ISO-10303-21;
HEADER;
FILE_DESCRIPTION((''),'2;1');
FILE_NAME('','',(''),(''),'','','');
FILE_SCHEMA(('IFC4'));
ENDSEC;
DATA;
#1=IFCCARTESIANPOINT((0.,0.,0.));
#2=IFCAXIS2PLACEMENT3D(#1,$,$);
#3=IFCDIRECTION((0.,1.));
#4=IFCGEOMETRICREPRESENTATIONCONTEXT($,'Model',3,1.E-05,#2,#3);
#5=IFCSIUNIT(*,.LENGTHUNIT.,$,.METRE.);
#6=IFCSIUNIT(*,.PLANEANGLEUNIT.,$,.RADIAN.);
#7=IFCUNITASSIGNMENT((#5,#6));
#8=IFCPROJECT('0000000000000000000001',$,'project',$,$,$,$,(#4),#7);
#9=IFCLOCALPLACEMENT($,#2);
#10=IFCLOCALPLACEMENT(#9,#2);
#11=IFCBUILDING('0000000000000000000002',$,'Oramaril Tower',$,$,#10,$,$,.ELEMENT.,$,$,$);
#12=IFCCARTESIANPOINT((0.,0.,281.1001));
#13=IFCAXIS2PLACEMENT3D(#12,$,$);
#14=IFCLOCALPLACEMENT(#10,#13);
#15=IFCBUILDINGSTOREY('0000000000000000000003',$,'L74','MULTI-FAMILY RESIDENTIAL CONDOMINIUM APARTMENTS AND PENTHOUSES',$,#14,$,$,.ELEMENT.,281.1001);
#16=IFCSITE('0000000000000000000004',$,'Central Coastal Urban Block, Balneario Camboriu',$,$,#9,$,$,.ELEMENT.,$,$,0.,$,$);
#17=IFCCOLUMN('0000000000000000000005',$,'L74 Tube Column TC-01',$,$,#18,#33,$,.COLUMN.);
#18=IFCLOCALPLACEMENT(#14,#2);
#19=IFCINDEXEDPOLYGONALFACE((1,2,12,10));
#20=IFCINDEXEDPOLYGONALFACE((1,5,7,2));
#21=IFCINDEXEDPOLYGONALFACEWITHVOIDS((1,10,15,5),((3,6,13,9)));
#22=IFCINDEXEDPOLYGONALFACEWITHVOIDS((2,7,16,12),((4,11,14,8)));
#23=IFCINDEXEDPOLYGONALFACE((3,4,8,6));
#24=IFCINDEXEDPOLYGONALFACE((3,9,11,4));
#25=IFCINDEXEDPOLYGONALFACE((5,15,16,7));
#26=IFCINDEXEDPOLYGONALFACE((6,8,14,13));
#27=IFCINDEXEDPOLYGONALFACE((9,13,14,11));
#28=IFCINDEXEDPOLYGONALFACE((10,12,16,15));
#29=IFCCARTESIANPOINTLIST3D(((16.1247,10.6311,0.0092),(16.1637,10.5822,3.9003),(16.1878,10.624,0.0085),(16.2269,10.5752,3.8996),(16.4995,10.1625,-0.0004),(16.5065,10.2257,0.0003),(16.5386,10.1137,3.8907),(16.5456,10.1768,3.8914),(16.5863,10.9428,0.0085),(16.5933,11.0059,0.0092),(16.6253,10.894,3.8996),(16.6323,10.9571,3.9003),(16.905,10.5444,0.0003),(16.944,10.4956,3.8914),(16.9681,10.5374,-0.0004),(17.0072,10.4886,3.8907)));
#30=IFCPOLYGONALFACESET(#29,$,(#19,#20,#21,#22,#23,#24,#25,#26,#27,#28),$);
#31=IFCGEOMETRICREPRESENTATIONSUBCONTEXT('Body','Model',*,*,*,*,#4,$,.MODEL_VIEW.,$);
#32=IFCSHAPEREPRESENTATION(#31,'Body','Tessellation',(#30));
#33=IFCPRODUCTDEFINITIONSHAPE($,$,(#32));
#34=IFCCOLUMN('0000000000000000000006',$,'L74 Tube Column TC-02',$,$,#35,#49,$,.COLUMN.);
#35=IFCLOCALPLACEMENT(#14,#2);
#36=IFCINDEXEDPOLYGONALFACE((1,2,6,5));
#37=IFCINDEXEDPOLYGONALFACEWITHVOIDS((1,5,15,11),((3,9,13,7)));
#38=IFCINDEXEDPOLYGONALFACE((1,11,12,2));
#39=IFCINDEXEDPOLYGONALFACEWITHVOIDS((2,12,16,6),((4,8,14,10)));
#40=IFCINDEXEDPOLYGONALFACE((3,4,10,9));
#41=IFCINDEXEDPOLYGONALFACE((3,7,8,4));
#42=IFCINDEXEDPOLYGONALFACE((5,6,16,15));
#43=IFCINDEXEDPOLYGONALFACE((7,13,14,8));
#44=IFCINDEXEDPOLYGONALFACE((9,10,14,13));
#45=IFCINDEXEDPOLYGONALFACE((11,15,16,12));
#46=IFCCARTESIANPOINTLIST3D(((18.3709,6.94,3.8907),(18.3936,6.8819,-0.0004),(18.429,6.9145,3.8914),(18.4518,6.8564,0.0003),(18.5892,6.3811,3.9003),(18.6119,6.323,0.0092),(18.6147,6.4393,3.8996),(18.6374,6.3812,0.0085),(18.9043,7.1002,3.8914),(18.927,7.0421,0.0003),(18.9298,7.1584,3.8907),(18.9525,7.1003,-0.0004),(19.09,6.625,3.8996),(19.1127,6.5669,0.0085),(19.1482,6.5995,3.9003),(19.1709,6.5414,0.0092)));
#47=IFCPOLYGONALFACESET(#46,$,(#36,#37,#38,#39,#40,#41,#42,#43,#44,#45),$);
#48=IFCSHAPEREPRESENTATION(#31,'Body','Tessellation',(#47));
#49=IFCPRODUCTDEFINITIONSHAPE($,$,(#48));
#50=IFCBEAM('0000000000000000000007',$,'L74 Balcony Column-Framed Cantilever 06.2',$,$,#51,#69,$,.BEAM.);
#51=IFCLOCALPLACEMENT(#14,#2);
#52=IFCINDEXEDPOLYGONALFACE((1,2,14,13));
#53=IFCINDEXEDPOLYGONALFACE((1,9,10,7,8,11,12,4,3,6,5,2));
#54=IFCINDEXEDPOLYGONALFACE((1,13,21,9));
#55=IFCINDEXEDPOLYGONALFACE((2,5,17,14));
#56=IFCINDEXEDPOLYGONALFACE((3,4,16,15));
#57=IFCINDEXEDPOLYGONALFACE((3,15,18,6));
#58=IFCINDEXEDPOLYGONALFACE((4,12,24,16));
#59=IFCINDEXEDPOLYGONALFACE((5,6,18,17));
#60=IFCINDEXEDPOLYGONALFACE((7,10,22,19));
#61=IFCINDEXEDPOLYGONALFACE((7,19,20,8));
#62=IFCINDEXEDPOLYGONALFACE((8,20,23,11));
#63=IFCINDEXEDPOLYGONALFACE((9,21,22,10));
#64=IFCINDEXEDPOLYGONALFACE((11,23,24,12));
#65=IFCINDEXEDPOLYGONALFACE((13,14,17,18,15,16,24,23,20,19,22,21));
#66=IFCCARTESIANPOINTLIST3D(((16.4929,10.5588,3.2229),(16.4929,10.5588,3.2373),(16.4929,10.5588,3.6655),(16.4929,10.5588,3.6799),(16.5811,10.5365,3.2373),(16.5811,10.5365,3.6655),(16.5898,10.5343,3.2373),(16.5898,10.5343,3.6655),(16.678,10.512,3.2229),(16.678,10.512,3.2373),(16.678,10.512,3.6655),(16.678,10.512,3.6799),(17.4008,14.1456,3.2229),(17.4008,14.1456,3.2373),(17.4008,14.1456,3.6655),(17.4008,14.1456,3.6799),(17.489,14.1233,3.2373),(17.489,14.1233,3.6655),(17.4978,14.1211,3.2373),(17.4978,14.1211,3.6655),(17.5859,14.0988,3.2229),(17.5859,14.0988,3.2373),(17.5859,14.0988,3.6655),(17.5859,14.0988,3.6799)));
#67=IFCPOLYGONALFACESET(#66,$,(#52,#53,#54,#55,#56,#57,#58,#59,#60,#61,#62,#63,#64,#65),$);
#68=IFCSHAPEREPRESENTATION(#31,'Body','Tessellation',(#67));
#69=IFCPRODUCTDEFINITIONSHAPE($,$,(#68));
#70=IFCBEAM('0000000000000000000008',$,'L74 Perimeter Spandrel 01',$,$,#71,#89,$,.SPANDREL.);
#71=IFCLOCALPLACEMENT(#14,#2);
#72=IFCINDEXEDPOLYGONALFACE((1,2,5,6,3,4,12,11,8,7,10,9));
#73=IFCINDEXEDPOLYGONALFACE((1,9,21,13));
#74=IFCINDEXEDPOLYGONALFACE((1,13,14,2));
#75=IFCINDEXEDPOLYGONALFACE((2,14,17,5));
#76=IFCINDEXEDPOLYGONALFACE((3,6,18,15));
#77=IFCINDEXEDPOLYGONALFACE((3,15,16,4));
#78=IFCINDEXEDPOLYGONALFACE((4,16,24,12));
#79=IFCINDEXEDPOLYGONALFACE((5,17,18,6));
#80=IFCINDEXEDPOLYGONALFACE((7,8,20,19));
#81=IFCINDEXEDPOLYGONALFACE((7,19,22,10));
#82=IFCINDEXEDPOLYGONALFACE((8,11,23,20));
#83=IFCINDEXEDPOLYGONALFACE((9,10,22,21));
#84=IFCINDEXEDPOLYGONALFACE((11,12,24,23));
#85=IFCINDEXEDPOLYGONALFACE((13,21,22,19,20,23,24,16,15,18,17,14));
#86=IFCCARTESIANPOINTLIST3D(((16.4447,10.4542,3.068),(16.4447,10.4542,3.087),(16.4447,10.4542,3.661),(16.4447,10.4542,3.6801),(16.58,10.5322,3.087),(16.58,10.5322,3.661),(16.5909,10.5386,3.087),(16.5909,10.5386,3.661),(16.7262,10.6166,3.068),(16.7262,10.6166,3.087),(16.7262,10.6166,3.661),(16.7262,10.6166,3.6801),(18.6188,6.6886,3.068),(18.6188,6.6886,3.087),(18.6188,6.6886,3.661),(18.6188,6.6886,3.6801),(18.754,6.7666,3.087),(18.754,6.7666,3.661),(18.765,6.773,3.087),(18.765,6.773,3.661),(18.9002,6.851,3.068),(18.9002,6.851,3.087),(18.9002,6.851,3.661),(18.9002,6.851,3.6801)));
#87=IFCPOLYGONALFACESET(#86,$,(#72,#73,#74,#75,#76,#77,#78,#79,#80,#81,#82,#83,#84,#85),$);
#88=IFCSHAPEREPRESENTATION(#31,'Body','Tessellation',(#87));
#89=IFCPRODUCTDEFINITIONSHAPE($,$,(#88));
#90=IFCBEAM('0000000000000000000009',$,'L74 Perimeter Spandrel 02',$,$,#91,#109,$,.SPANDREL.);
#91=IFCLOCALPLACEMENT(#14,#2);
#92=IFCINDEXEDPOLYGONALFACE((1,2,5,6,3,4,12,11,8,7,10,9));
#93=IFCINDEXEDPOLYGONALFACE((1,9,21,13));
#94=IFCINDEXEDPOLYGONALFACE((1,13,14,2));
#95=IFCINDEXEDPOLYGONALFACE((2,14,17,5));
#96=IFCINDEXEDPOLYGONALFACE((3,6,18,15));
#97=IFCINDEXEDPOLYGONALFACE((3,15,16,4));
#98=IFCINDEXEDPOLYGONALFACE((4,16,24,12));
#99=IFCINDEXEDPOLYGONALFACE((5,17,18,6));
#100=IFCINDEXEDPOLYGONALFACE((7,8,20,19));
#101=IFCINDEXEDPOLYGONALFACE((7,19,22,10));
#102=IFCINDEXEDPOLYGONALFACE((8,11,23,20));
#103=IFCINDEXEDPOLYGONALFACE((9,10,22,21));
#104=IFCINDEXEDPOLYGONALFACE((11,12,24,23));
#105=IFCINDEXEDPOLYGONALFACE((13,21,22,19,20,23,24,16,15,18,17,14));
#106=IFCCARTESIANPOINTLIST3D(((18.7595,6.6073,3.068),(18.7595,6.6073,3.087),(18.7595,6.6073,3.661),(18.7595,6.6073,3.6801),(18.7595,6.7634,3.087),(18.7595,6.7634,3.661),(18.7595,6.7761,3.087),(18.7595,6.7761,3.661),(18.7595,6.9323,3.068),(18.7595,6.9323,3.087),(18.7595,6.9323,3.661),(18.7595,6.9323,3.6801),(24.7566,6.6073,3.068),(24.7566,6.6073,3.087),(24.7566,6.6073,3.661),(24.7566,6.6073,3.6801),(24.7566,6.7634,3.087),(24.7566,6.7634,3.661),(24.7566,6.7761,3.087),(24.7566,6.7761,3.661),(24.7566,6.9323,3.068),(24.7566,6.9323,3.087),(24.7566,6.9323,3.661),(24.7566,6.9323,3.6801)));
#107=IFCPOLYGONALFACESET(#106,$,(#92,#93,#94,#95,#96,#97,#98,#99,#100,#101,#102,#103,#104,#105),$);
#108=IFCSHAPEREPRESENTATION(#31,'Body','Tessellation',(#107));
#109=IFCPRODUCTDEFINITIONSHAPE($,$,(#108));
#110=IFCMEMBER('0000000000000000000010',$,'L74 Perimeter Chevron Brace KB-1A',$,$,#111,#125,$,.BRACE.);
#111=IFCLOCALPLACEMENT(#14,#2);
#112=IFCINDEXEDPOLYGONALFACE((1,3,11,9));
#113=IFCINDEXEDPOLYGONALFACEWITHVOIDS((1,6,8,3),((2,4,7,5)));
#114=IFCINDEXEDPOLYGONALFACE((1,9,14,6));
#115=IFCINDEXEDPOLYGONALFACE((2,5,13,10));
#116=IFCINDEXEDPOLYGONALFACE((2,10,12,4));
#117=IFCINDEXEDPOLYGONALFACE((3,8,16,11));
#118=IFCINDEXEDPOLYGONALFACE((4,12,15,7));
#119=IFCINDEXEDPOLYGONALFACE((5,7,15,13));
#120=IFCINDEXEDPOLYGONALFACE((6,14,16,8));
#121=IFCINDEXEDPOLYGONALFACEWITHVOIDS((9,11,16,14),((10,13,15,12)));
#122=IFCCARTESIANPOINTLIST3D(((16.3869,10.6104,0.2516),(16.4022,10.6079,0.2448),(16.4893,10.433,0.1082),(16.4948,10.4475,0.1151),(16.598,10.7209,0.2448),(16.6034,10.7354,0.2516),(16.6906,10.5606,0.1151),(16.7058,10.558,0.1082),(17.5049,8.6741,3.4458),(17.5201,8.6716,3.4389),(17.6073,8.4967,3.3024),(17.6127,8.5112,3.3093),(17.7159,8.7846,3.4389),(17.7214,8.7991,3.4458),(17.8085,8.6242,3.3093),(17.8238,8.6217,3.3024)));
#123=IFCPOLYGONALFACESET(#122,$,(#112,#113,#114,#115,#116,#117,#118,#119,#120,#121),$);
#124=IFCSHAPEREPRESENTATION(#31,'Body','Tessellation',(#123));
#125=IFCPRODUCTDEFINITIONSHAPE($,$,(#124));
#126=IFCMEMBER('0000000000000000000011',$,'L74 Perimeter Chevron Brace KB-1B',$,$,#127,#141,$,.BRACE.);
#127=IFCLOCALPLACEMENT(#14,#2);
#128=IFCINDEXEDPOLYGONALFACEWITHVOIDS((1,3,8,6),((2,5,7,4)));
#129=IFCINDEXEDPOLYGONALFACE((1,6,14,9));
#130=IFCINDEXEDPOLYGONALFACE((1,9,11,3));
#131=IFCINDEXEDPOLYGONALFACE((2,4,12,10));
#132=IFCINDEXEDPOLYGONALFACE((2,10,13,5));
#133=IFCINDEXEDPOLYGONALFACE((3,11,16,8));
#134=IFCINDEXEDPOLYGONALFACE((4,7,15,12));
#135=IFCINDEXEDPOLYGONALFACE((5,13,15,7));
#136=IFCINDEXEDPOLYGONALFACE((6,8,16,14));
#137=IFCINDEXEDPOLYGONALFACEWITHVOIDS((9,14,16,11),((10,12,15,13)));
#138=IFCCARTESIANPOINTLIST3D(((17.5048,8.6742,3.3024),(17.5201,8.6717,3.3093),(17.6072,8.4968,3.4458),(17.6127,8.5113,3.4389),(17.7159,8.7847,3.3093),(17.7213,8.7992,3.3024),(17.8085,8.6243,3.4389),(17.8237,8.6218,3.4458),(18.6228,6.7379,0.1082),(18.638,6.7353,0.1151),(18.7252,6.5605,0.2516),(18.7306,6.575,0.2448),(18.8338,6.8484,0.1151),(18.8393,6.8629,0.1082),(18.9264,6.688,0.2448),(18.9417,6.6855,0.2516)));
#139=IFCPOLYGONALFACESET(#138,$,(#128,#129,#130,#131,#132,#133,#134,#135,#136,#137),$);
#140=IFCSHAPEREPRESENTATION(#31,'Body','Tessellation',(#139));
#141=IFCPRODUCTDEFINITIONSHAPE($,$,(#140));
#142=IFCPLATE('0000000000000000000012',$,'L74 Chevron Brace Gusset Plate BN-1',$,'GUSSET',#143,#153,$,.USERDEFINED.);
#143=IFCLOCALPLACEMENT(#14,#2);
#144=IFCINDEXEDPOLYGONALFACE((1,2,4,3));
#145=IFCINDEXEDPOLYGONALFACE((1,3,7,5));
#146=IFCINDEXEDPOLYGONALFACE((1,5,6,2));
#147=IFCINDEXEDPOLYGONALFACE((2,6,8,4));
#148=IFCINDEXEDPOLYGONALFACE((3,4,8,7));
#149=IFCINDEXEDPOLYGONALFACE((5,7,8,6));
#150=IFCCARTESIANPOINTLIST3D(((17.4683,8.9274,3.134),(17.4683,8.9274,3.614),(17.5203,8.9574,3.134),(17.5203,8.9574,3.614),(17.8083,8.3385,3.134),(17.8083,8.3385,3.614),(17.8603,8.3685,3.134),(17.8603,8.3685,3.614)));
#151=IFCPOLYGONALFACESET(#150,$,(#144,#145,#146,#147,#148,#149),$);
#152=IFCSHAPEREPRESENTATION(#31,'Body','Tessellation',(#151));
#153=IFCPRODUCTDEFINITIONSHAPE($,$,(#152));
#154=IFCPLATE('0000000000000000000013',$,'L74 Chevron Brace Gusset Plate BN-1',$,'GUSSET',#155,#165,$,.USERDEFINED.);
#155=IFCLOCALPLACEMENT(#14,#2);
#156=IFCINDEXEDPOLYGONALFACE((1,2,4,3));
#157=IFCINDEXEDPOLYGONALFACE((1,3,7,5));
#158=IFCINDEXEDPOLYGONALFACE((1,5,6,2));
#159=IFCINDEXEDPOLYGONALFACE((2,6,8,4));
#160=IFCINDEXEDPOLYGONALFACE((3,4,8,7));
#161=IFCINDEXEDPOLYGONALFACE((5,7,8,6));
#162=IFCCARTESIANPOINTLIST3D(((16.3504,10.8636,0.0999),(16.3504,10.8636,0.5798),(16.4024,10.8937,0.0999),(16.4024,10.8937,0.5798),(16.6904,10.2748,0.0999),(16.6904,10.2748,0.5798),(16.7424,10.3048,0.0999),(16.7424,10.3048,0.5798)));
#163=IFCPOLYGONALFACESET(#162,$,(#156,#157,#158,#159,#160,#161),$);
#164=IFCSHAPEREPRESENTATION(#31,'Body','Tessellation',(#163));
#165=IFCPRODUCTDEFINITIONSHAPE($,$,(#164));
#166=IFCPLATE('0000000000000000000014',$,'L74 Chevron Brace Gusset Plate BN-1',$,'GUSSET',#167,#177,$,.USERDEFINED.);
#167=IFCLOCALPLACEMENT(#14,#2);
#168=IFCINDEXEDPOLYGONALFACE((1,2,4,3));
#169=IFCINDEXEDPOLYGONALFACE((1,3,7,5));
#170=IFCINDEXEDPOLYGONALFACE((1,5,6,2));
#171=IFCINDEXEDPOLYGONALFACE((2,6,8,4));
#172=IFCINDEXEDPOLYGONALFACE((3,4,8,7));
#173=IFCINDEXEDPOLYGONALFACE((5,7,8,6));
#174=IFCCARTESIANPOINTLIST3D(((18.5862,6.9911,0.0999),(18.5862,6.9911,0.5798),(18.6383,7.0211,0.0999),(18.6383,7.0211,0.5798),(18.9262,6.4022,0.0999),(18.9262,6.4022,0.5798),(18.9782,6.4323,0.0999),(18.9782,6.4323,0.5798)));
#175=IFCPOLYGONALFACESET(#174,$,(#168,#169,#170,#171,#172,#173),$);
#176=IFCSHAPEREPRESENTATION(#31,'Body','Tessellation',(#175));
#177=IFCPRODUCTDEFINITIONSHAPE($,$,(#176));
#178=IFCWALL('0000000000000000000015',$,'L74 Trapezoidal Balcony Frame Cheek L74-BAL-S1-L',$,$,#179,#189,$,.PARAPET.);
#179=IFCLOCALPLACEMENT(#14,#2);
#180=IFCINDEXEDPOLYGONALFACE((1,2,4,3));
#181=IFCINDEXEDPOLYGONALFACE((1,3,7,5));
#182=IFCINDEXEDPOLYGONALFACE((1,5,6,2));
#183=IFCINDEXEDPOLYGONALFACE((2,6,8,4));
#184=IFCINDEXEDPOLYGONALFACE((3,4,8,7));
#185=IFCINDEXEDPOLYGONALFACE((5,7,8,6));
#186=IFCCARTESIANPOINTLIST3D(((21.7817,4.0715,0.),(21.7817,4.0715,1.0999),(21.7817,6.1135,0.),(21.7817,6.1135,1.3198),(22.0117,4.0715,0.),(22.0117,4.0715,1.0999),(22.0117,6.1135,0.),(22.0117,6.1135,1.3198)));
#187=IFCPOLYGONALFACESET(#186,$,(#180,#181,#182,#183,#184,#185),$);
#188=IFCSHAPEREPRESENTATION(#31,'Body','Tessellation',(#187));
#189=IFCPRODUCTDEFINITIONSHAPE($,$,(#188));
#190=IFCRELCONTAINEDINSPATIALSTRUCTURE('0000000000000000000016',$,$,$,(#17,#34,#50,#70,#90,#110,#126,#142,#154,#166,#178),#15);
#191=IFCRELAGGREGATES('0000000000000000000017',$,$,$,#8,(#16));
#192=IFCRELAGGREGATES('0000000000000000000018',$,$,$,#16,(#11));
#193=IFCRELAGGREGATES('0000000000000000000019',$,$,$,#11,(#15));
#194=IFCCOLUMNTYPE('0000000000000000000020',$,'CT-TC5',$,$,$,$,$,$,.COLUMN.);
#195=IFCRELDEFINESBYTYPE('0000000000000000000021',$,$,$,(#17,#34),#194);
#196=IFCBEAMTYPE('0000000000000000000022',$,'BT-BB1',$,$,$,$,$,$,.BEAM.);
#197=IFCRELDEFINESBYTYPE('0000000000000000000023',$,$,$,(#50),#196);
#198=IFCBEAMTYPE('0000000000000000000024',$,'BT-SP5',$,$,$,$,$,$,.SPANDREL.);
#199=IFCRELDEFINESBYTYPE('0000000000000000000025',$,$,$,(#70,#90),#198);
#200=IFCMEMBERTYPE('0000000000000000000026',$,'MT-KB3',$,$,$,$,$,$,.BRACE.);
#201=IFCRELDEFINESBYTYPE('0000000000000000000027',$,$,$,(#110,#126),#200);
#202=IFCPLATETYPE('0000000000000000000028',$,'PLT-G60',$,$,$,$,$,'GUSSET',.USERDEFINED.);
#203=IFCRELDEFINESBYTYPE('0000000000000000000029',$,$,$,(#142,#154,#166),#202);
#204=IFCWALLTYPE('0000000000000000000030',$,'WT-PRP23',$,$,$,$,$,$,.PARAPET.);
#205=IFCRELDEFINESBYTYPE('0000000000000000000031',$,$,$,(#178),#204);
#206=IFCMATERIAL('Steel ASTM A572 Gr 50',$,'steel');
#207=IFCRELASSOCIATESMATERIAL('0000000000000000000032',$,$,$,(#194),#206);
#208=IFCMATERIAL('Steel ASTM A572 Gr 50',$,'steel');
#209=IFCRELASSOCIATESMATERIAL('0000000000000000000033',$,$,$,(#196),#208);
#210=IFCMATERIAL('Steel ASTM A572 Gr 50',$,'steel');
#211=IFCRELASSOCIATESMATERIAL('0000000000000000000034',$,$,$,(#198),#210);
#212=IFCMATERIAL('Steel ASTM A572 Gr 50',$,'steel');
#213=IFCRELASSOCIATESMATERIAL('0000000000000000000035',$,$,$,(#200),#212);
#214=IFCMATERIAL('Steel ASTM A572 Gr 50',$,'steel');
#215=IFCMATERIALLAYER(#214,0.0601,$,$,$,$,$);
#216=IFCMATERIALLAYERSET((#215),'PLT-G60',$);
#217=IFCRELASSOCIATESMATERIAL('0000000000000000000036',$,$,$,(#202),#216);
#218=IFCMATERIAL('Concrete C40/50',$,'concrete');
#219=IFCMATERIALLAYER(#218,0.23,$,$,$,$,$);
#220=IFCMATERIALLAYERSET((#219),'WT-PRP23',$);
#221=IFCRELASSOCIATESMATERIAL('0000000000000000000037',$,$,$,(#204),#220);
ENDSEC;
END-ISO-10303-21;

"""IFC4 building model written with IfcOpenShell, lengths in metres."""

from ifc_helpers import new_model, si_unit, direction, frame, origin, origin_2d, place, context, subcontext, project, spatial, polyline, rectangle, hollow_rectangle, i_section, outline, extrude, material, layer, layer_set, material_profile, profile_set, type_object, element, save


model = new_model("IFC4")

# Units and contexts
model_context = context("Model", 3, precision=1e-05, world=origin(), true_north=direction((0.0, 1.0)))
body_context = subcontext(model_context, "Body", "Model", "MODEL_VIEW")
ifc_project = project(units=[si_unit("LENGTHUNIT", "METRE"), si_unit("PLANEANGLEUNIT", "RADIAN")], contexts=[model_context])

# Site, building, storey
site_placement = place(None, origin())
site = spatial("IfcSite", under=ifc_project, at=site_placement, Name="Central Coastal Urban Block, Balneario Camboriu", CompositionType="ELEMENT", RefElevation=0.0)
building_placement = place(site_placement, origin())
building = spatial("IfcBuilding", under=site, at=building_placement, Name="Oramaril Tower", CompositionType="ELEMENT")
storey_placement = place(building_placement, frame((0.0, 0.0, 281.1001)))
storey = spatial("IfcBuildingStorey", under=building, at=storey_placement, Name="L74", Description="MULTI-FAMILY RESIDENTIAL CONDOMINIUM APARTMENTS AND PENTHOUSES", CompositionType="ELEMENT", Elevation=281.1001)

# Columns
ifc_material_1 = material(Name="Steel ASTM A572 Gr 50", Category="steel")
ifc_material_profile_1 = material_profile(ifc_material_1, hollow_rectangle(XDim=0.6001, YDim=0.6001, WallThickness=0.0449, at=origin_2d()), Name="BOX600X600X45")
ifc_profile_set_1 = profile_set([ifc_material_profile_1], Name="Steel ASTM A572 Gr 50")
column_type = type_object("IfcColumnType", Name="CT-TC5", PredefinedType="COLUMN", material=ifc_profile_set_1)
for number, where, z_axis, x_axis, name in (
    (1, (16.5464, 10.5842, 0.0044), (0.010038, -0.012547, 0.999871), (0.780869, 0.624695, 0.0), "L74 Tube Column TC-01"),
    (2, (18.7822, 6.7117, 0.0044), (-0.005834, 0.014931, 0.999872), (-0.931416, -0.363957, 0.0), "L74 Tube Column TC-02"),
):
    element("IfcColumn", number, at=place(storey_placement, frame(where, z_axis=z_axis, x_axis=x_axis)), inside=storey, type_object=column_type, Name=name, PredefinedType="COLUMN", context=body_context, shape_type="SweptSolid", body=[
        extrude(hollow_rectangle(XDim=0.6001, YDim=0.6001, WallThickness=0.0449, at=origin_2d()), origin(), (0.0, 0.0, 1.0), 3.8916),
    ])

# Beams
ifc_material_2 = material(Name="Steel ASTM A572 Gr 50", Category="steel")
ifc_material_profile_2 = material_profile(ifc_material_2, i_section(OverallWidth=0.1909, OverallDepth=0.457, WebThickness=0.009, FlangeThickness=0.0144, at=origin_2d()), Name="W18X50")
ifc_profile_set_2 = profile_set([ifc_material_profile_2], Name="Steel ASTM A572 Gr 50")
beam_type_1 = type_object("IfcBeamType", Name="BT-BB1", PredefinedType="BEAM", material=ifc_profile_set_2)
beam_1_placement = place(storey_placement, frame((16.5854, 10.5354, 3.4514), z_axis=(0.245391, 0.969424, 0.0), x_axis=(-0.969424, 0.245391, 0.0)))
element("IfcBeam", 3, at=beam_1_placement, inside=storey, type_object=beam_type_1, Name="L74 Balcony Column-Framed Cantilever 06.2", PredefinedType="BEAM", context=body_context, shape_type="SweptSolid", body=[
    extrude(i_section(OverallWidth=0.1909, OverallDepth=0.457, WebThickness=0.009, FlangeThickness=0.0144, at=origin_2d()), origin(), (0.0, 0.0, 1.0), 3.7),
])
ifc_material_3 = material(Name="Steel ASTM A572 Gr 50", Category="steel")
ifc_material_profile_3 = material_profile(ifc_material_3, i_section(OverallWidth=0.325, OverallDepth=0.6121, WebThickness=0.0127, FlangeThickness=0.019, at=origin_2d()), Name="W24X104")
ifc_profile_set_3 = profile_set([ifc_material_profile_3], Name="Steel ASTM A572 Gr 50")
beam_type_2 = type_object("IfcBeamType", Name="BT-SP5", PredefinedType="SPANDREL", material=ifc_profile_set_3)
beam_2_placement = place(storey_placement, frame((16.5854, 10.5354, 3.374), z_axis=(0.499998, -0.866027, 0.0), x_axis=(0.866027, 0.499998, 0.0)))
element("IfcBeam", 4, at=beam_2_placement, inside=storey, type_object=beam_type_2, Name="L74 Perimeter Spandrel 01", PredefinedType="SPANDREL", context=body_context, shape_type="SweptSolid", body=[
    extrude(i_section(OverallWidth=0.325, OverallDepth=0.6121, WebThickness=0.0127, FlangeThickness=0.019, at=origin_2d()), origin(), (0.0, 0.0, 1.0), 4.3481),
])
beam_3_placement = place(storey_placement, frame((18.7595, 6.7698, 3.374), z_axis=(1.0, 0.0, 0.0), x_axis=(0.0, 1.0, 0.0)))
element("IfcBeam", 5, at=beam_3_placement, inside=storey, type_object=beam_type_2, Name="L74 Perimeter Spandrel 02", PredefinedType="SPANDREL", context=body_context, shape_type="SweptSolid", body=[
    extrude(i_section(OverallWidth=0.325, OverallDepth=0.6121, WebThickness=0.0127, FlangeThickness=0.019, at=origin_2d()), origin(), (0.0, 0.0, 1.0), 5.9971),
])

# Members
ifc_material_4 = material(Name="Steel ASTM A572 Gr 50", Category="steel")
ifc_material_profile_4 = material_profile(ifc_material_4, hollow_rectangle(XDim=0.25, YDim=0.25, WallThickness=0.012, at=origin_2d()), Name="HSS250X250X12")
ifc_profile_set_4 = profile_set([ifc_material_profile_4], Name="Steel ASTM A572 Gr 50")
member_type = type_object("IfcMemberType", Name="MT-KB3", PredefinedType="BRACE", material=ifc_profile_set_4)
for number, where, z_axis, x_axis, name in (
    (6, (16.5464, 10.5842, 0.1799), (0.28673, -0.496626, 0.819236), (0.866024, 0.500003, 0.0), "L74 Perimeter Chevron Brace KB-1A"),
    (7, (18.7822, 6.7117, 0.1799), (-0.28673, 0.496626, 0.819236), (-0.866024, -0.500003, 0.0), "L74 Perimeter Chevron Brace KB-1B"),
):
    element("IfcMember", number, at=place(storey_placement, frame(where, z_axis=z_axis, x_axis=x_axis)), inside=storey, type_object=member_type, Name=name, PredefinedType="BRACE", context=body_context, shape_type="SweptSolid", body=[
        extrude(hollow_rectangle(XDim=0.25, YDim=0.25, WallThickness=0.012, at=origin_2d()), origin(), (0.0, 0.0, 1.0), 3.8989),
    ])

# Plates
ifc_material_5 = material(Name="Steel ASTM A572 Gr 50", Category="steel")
ifc_layer_1 = layer(ifc_material_5, 0.0601)
ifc_layer_set_1 = layer_set([ifc_layer_1], Name="PLT-G60")
plate_type = type_object("IfcPlateType", Name="PLT-G60", ElementType="GUSSET", PredefinedType="USERDEFINED", material=ifc_layer_set_1)
for number, where, z_axis, x_axis, name in (
    (8, (17.6643, 8.6479, 3.134), (0.0, 0.0, 1.0), (0.499992, -0.86603, 0.0), "L74 Chevron Brace Gusset Plate BN-1"),
    (9, (16.5464, 10.5842, 0.0999), (0.0, 0.0, 1.0), (0.499992, -0.86603, 0.0), "L74 Chevron Brace Gusset Plate BN-1"),
    (10, (18.7822, 6.7117, 0.0999), (0.0, 0.0, 1.0), (0.499992, -0.86603, 0.0), "L74 Chevron Brace Gusset Plate BN-1"),
):
    element("IfcPlate", number, at=place(storey_placement, frame(where, z_axis=z_axis, x_axis=x_axis)), inside=storey, type_object=plate_type, Name=name, ObjectType="GUSSET", PredefinedType="USERDEFINED", context=body_context, shape_type="SweptSolid", body=[
        extrude(rectangle(XDim=0.6799, YDim=0.0601, at=origin_2d()), origin(), (0.0, 0.0, 1.0), 0.48),
    ])

# Wall
ifc_material_6 = material(Name="Concrete C40/50", Category="concrete")
ifc_layer_2 = layer(ifc_material_6, 0.23)
ifc_layer_set_2 = layer_set([ifc_layer_2], Name="WT-PRP23")
wall_type_1 = type_object("IfcWallType", Name="WT-PRP23", PredefinedType="PARAPET", material=ifc_layer_set_2)
wall_1_placement = place(storey_placement, frame((21.8967, 6.1135, 0.0), z_axis=(0.0, 0.0, 1.0), x_axis=(0.0, -1.0, 0.0)))
element("IfcWall", 11, at=wall_1_placement, inside=storey, type_object=wall_type_1, Name="L74 Trapezoidal Balcony Frame Cheek L74-BAL-S1-L", PredefinedType="PARAPET", context=body_context, shape_type="SweptSolid", body=[
    extrude(outline(polyline([(0.0, 0.0), (2.042, 0.0), (2.042, 1.0999), (0.0, 1.3198), (0.0, 0.0)])), frame((0.0, 0.115, 0.0), z_axis=(0.0, -1.0, 0.0), x_axis=(1.0, 0.0, 0.0)), (0.0, 0.0, 1.0), 0.23),
])

save(model, "model.ifc")
